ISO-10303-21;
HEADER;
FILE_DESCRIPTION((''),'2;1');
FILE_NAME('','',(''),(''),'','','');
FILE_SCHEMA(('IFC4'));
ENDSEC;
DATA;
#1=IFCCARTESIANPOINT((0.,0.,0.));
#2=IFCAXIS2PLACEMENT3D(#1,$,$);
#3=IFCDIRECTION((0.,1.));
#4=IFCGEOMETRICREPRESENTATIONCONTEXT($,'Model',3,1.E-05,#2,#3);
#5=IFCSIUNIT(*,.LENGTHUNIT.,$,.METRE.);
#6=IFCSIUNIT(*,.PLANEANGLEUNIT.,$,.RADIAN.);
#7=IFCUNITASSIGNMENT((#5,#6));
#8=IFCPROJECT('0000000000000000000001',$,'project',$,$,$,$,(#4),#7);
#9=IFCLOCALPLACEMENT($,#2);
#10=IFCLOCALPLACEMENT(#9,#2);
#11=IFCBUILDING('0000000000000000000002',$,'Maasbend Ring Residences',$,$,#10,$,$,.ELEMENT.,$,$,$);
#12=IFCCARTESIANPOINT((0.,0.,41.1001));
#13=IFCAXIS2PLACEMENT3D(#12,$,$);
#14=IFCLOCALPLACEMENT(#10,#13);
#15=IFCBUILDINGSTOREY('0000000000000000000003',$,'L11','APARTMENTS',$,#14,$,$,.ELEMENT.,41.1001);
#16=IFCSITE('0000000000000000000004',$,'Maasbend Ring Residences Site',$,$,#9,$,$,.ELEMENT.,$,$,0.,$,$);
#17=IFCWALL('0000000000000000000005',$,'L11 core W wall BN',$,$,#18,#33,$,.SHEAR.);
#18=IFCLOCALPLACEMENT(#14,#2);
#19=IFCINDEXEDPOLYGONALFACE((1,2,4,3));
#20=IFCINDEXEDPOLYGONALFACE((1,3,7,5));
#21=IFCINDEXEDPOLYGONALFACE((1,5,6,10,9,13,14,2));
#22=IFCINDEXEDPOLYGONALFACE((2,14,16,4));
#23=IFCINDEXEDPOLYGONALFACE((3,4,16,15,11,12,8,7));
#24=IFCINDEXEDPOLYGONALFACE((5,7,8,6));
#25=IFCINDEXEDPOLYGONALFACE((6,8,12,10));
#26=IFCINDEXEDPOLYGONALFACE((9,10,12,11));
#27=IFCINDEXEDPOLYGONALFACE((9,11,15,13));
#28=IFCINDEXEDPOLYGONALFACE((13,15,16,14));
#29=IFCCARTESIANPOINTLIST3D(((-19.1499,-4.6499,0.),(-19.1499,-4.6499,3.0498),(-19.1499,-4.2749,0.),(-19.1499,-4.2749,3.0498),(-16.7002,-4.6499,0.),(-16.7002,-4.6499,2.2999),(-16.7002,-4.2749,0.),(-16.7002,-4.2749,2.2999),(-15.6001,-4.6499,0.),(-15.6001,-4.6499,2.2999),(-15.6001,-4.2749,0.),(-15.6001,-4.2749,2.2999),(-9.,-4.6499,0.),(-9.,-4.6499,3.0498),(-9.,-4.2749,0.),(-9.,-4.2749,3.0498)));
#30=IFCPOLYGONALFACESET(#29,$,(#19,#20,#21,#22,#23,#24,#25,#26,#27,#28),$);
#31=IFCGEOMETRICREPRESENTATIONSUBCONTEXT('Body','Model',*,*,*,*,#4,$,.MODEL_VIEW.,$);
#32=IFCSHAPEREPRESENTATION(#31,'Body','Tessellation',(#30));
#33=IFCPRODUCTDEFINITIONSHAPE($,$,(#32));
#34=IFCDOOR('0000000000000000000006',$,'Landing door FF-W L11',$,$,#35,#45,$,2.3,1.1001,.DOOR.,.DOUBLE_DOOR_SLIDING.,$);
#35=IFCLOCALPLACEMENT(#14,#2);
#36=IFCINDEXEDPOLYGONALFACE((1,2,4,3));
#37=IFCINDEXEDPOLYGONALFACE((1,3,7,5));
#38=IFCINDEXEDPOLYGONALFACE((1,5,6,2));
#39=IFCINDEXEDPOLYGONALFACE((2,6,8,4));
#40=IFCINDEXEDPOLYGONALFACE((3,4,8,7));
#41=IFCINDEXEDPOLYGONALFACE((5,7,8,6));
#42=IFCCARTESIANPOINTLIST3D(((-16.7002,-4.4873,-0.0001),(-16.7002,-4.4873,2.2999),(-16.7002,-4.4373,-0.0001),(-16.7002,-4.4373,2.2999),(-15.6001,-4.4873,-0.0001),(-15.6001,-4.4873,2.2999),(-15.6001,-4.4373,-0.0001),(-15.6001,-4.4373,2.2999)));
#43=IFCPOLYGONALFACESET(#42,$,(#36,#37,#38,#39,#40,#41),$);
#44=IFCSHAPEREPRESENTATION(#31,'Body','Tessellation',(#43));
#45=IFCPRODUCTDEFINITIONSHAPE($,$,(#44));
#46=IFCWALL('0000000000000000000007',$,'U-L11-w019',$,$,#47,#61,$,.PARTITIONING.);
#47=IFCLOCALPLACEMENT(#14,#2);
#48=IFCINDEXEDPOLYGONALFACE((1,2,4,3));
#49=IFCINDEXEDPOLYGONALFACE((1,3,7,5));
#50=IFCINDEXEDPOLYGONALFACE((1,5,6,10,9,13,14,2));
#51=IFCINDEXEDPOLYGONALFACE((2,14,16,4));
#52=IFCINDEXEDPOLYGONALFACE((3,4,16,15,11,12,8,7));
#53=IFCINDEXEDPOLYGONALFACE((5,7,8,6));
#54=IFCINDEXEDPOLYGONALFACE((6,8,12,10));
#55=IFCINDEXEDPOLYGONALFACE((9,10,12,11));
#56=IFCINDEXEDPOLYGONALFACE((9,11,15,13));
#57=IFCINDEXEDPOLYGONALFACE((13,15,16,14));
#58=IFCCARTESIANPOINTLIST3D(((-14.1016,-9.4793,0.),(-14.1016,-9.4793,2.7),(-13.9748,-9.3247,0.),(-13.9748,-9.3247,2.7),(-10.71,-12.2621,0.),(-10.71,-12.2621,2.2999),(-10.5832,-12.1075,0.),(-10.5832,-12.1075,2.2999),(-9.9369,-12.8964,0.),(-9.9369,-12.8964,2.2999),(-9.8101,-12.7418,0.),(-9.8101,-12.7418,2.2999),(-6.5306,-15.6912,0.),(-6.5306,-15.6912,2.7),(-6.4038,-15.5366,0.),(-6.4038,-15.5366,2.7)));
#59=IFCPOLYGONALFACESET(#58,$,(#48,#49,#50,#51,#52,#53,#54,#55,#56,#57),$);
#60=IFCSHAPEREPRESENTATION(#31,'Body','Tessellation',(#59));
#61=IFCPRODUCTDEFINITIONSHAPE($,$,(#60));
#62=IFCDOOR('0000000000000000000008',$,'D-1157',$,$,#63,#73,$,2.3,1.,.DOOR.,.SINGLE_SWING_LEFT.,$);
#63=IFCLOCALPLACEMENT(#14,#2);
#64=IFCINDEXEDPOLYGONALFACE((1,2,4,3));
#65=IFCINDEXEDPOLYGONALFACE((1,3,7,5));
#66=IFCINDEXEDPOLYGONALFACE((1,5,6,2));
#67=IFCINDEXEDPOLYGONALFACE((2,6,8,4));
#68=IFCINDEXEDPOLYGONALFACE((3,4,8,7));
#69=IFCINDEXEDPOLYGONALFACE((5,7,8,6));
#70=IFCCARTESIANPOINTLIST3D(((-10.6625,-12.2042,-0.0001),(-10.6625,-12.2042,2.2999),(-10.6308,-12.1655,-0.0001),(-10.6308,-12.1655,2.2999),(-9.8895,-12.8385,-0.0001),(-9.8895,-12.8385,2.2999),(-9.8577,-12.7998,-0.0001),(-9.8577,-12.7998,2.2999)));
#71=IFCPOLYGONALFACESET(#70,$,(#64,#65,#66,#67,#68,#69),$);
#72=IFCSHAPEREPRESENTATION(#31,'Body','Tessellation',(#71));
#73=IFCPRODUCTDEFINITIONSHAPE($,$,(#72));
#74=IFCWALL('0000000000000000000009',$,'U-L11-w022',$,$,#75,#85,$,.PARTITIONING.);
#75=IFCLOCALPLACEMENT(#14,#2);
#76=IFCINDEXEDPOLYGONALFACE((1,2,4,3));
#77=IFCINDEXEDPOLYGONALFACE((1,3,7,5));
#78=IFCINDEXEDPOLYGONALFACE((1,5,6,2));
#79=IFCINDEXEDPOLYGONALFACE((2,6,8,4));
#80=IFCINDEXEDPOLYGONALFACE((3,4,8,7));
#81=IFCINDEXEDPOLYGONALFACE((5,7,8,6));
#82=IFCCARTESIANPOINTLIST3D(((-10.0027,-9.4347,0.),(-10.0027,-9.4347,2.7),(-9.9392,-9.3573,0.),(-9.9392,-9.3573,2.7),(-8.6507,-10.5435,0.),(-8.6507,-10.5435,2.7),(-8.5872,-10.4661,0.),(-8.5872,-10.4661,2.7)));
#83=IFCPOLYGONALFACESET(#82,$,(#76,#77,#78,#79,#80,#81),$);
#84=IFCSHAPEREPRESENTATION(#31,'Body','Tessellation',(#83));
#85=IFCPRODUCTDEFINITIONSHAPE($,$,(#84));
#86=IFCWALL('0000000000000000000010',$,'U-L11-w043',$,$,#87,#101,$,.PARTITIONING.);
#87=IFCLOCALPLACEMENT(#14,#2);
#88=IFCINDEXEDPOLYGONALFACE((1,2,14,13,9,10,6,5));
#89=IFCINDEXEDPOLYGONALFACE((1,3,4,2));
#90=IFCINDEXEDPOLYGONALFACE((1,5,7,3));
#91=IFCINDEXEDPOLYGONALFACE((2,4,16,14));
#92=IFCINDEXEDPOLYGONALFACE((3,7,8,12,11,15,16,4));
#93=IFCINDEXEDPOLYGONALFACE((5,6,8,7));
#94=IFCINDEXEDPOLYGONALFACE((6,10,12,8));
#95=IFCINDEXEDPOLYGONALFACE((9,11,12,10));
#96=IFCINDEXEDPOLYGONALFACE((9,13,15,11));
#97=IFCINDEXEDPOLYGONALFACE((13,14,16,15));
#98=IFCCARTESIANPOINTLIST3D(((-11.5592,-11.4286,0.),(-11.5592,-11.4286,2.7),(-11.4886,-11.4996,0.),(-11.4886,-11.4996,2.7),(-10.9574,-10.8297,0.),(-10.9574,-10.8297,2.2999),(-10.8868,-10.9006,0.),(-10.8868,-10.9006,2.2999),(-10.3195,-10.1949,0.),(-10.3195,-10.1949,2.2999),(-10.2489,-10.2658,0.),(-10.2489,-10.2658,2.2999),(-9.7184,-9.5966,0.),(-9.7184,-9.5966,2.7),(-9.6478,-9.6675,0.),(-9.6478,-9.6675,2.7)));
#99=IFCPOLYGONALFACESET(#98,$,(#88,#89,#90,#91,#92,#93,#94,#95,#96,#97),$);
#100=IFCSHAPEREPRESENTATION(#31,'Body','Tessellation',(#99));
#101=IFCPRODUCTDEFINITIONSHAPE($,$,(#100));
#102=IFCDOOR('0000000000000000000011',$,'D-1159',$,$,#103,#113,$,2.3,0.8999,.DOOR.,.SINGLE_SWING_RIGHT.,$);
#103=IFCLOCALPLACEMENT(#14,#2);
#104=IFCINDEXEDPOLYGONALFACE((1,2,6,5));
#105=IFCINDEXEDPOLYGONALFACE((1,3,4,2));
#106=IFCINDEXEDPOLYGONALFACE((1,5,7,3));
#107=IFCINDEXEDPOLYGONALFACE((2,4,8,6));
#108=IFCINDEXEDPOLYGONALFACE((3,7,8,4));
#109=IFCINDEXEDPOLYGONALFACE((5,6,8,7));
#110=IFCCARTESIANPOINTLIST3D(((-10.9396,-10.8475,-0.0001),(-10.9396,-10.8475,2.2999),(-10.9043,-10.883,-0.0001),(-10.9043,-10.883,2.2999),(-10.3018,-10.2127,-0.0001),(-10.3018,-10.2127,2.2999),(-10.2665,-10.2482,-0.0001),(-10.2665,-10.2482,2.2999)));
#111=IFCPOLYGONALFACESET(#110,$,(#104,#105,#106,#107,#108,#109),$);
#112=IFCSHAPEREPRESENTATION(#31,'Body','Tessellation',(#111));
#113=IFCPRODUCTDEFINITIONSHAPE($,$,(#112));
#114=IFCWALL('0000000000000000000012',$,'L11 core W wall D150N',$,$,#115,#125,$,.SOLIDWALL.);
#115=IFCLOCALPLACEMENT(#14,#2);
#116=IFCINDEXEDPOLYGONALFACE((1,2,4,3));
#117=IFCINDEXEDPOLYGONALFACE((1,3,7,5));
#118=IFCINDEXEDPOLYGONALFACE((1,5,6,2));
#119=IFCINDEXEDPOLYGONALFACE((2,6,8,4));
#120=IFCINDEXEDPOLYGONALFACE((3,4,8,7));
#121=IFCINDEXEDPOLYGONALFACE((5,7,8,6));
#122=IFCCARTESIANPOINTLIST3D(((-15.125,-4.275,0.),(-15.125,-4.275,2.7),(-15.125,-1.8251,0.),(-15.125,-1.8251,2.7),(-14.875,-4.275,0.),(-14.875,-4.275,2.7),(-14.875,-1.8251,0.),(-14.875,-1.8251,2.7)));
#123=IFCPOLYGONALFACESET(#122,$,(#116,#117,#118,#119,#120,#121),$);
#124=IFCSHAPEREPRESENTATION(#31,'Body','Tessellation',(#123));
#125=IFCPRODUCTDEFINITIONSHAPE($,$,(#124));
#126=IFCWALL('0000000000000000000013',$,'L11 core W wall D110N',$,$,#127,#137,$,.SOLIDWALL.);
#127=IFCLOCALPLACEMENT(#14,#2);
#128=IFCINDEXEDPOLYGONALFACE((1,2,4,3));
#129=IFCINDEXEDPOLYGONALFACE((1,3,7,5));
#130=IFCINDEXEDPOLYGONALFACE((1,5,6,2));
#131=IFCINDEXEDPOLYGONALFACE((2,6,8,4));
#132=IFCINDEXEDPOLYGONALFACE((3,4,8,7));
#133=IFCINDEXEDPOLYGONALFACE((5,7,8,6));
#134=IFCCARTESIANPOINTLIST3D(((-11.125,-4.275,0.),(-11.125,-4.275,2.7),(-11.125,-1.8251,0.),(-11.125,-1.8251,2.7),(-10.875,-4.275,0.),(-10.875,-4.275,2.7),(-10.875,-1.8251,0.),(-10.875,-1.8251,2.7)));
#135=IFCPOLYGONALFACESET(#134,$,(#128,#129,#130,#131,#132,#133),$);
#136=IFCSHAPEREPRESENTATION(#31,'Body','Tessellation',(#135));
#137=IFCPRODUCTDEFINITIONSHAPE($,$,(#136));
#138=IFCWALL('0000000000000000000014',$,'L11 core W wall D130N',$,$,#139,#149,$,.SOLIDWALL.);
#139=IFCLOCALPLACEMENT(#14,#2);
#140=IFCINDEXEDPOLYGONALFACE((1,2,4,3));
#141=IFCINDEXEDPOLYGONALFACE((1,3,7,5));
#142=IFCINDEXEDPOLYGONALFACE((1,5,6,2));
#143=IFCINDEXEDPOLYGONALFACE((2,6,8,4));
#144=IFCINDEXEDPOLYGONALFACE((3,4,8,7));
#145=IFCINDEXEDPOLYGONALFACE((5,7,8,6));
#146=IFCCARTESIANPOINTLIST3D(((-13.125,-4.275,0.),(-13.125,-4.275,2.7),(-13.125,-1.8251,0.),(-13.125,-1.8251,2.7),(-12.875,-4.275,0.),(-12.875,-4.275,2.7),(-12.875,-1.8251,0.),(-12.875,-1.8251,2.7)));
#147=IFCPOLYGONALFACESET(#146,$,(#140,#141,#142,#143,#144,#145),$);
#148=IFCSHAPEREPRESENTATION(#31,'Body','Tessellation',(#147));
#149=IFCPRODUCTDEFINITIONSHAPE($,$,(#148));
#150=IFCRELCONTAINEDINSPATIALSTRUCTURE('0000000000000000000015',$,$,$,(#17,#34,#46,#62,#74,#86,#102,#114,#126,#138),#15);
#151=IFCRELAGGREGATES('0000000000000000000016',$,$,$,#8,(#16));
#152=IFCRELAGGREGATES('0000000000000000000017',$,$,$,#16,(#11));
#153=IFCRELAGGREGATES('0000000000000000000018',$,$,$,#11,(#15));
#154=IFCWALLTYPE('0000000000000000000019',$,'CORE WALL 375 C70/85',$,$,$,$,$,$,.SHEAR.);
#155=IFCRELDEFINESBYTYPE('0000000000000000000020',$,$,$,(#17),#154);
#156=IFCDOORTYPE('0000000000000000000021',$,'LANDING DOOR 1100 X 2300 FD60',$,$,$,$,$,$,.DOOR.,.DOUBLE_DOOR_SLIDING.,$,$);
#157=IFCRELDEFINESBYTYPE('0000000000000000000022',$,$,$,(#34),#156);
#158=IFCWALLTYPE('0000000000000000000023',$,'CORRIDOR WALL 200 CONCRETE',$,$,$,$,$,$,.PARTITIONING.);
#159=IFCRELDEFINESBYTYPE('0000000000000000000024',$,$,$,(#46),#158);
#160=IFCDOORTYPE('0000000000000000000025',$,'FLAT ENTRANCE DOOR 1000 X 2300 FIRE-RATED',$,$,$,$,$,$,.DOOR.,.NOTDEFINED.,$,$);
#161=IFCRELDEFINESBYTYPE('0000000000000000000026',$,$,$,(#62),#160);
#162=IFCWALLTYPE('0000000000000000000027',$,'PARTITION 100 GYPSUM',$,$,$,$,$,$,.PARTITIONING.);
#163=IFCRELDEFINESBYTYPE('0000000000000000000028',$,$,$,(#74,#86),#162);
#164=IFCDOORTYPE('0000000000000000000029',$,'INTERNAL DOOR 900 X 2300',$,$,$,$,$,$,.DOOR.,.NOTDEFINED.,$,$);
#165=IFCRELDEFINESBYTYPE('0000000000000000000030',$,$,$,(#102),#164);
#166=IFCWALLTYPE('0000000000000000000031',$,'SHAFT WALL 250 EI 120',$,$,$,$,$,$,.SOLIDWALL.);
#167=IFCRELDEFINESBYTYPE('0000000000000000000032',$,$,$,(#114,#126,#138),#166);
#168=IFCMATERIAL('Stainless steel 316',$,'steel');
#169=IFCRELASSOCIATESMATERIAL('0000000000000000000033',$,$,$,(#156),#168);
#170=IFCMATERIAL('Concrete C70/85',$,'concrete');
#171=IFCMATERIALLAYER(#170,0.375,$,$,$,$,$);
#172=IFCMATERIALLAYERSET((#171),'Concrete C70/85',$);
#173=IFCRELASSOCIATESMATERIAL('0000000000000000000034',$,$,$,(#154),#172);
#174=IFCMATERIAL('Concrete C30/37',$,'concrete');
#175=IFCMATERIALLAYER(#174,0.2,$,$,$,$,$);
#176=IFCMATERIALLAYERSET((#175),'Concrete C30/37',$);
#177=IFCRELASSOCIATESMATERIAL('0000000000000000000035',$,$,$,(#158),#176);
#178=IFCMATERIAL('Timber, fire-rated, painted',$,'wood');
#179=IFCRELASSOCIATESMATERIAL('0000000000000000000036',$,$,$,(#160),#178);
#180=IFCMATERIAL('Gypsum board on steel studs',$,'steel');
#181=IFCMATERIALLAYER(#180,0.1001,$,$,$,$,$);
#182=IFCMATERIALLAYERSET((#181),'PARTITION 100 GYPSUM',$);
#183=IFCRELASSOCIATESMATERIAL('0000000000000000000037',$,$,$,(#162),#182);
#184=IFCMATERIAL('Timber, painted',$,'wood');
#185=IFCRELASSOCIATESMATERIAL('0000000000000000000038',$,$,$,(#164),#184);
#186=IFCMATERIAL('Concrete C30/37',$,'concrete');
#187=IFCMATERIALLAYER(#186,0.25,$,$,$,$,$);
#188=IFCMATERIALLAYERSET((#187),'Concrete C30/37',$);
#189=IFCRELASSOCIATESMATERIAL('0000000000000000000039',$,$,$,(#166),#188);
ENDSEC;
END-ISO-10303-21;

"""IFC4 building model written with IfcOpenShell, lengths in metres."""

from ifc_helpers import new_model, si_unit, direction, frame, frame_2d, origin, place, context, subcontext, project, spatial, rectangle, extrude, material, layer, layer_set, type_object, element, fill, save


model = new_model("IFC4")

# Units and contexts
model_context = context("Model", 3, precision=1e-05, world=origin(), true_north=direction((0.0, 1.0)))
body_context = subcontext(model_context, "Body", "Model", "MODEL_VIEW")
ifc_project = project(units=[si_unit("LENGTHUNIT", "METRE"), si_unit("PLANEANGLEUNIT", "RADIAN")], contexts=[model_context])

# Site, building, storey
site_placement = place(None, origin())
site = spatial("IfcSite", under=ifc_project, at=site_placement, Name="Maasbend Ring Residences Site", CompositionType="ELEMENT", RefElevation=0.0)
building_placement = place(site_placement, origin())
building = spatial("IfcBuilding", under=site, at=building_placement, Name="Maasbend Ring Residences", CompositionType="ELEMENT")
storey_placement = place(building_placement, frame((0.0, 0.0, 41.1001)))
storey = spatial("IfcBuildingStorey", under=building, at=storey_placement, Name="L11", Description="APARTMENTS", CompositionType="ELEMENT", Elevation=41.1001)

# Shared definitions
ifc_material_1 = material(Name="Stainless steel 316", Category="steel")
door_type_1 = type_object("IfcDoorType", Name="LANDING DOOR 1100 X 2300 FD60", OperationType="DOUBLE_DOOR_SLIDING", PredefinedType="DOOR", material=ifc_material_1)

# Walls, openings, doors
ifc_material_2 = material(Name="Concrete C70/85", Category="concrete")
ifc_layer_1 = layer(ifc_material_2, 0.375)
ifc_layer_set_1 = layer_set([ifc_layer_1], Name="Concrete C70/85")
wall_type_1 = type_object("IfcWallType", Name="CORE WALL 375 C70/85", PredefinedType="SHEAR", material=ifc_layer_set_1)
wall_1_placement = place(storey_placement, frame((-9.0, -4.4624, 0.0), z_axis=(0.0, 0.0, 1.0), x_axis=(-1.0, 0.0, 0.0)))
wall_1 = element("IfcWall", 1, at=wall_1_placement, inside=storey, type_object=wall_type_1, Name="L11 core W wall BN", PredefinedType="SHEAR", context=body_context, shape_type="SweptSolid", body=[
    extrude(rectangle(XDim=10.1499, YDim=0.375, at=frame_2d((5.075, 0.0))), origin(), (0.0, 0.0, 1.0), 3.0498),
])
opening_1_placement = place(wall_1_placement, frame((6.6001, 0.0, 0.0)))
opening_1 = element("IfcOpeningElement", 2, at=opening_1_placement, cuts=wall_1, PredefinedType="OPENING", context=body_context, shape_type="SweptSolid", body=[
    extrude(rectangle(XDim=1.1001, YDim=2.3, at=frame_2d((0.55, 1.1499))), frame((0.0, 0.1975, 0.0), z_axis=(0.0, -1.0, 0.0), x_axis=(1.0, 0.0, 0.0)), (0.0, 0.0, 1.0), 0.395),
])
door_1_placement = place(opening_1_placement, origin())
door_1 = element("IfcDoor", 3, at=door_1_placement, inside=storey, type_object=door_type_1, Name="Landing door FF-W L11", OperationType="DOUBLE_DOOR_SLIDING", OverallHeight=2.3, OverallWidth=1.1001, PredefinedType="DOOR", context=body_context, shape_type="SweptSolid", body=[
    extrude(rectangle(XDim=1.1001, YDim=2.3, at=frame_2d((0.55, 1.1499))), frame((0.0, 0.0249, 0.0), z_axis=(0.0, -1.0, 0.0), x_axis=(1.0, 0.0, 0.0)), (0.0, 0.0, 1.0), 0.05),
])
fill(opening_1, door_1)
ifc_material_3 = material(Name="Concrete C30/37", Category="concrete")
ifc_layer_2 = layer(ifc_material_3, 0.2)
ifc_layer_set_2 = layer_set([ifc_layer_2], Name="Concrete C30/37")
wall_type_2 = type_object("IfcWallType", Name="CORRIDOR WALL 200 CONCRETE", PredefinedType="PARTITIONING", material=ifc_layer_set_2)
wall_2_placement = place(storey_placement, frame((-14.0381, -9.4021, 0.0), z_axis=(0.0, 0.0, 1.0), x_axis=(0.773085, -0.634303, 0.0)))
wall_2 = element("IfcWall", 4, at=wall_2_placement, inside=storey, type_object=wall_type_2, Name="U-L11-w019", PredefinedType="PARTITIONING", context=body_context, shape_type="SweptSolid", body=[
    extrude(rectangle(XDim=9.7932, YDim=0.2, at=frame_2d((4.8965, 0.0))), origin(), (0.0, 0.0, 1.0), 2.7),
])
opening_2_placement = place(wall_2_placement, frame((4.387, 0.0, 0.0)))
opening_2 = element("IfcOpeningElement", 5, at=opening_2_placement, cuts=wall_2, PredefinedType="OPENING", context=body_context, shape_type="SweptSolid", body=[
    extrude(rectangle(XDim=1.0, YDim=2.3, at=frame_2d((0.5, 1.1499))), frame((0.0, 0.1099, 0.0), z_axis=(0.0, -1.0, 0.0), x_axis=(1.0, 0.0, 0.0)), (0.0, 0.0, 1.0), 0.22),
])
ifc_material_4 = material(Name="Timber, fire-rated, painted", Category="wood")
door_type_2 = type_object("IfcDoorType", Name="FLAT ENTRANCE DOOR 1000 X 2300 FIRE-RATED", OperationType="NOTDEFINED", PredefinedType="DOOR", material=ifc_material_4)
door_2_placement = place(opening_2_placement, origin())
door_2 = element("IfcDoor", 6, at=door_2_placement, inside=storey, type_object=door_type_2, Name="D-1157", OperationType="SINGLE_SWING_LEFT", OverallHeight=2.3, OverallWidth=1.0, PredefinedType="DOOR", context=body_context, shape_type="SweptSolid", body=[
    extrude(rectangle(XDim=1.0, YDim=2.3, at=frame_2d((0.5, 1.1499))), frame((0.0, 0.0249, 0.0), z_axis=(0.0, -1.0, 0.0), x_axis=(1.0, 0.0, 0.0)), (0.0, 0.0, 1.0), 0.05),
])
fill(opening_2, door_2)

# Wall
ifc_material_5 = material(Name="Gypsum board on steel studs", Category="steel")
ifc_layer_3 = layer(ifc_material_5, 0.1001)
ifc_layer_set_3 = layer_set([ifc_layer_3], Name="PARTITION 100 GYPSUM")
wall_type_3 = type_object("IfcWallType", Name="PARTITION 100 GYPSUM", PredefinedType="PARTITIONING", material=ifc_layer_set_3)
wall_3_placement = place(storey_placement, frame((-9.9709, -9.396, 0.0), z_axis=(0.0, 0.0, 1.0), x_axis=(0.77321, -0.63415, 0.0)))
element("IfcWall", 7, at=wall_3_placement, inside=storey, type_object=wall_type_3, Name="U-L11-w022", PredefinedType="PARTITIONING", context=body_context, shape_type="SweptSolid", body=[
    extrude(rectangle(XDim=1.7485, YDim=0.1001, at=frame_2d((0.8743, 0.0))), origin(), (0.0, 0.0, 1.0), 2.7),
])

# Wall, opening, door
wall_4_placement = place(storey_placement, frame((-11.5239, -11.4641, 0.0), z_axis=(0.0, 0.0, 1.0), x_axis=(0.708797, 0.705413, 0.0)))
wall_4 = element("IfcWall", 8, at=wall_4_placement, inside=storey, type_object=wall_type_3, Name="U-L11-w043", PredefinedType="PARTITIONING", context=body_context, shape_type="SweptSolid", body=[
    extrude(rectangle(XDim=2.5972, YDim=0.1001, at=frame_2d((1.2986, 0.0))), origin(), (0.0, 0.0, 1.0), 2.7),
])
opening_3_placement = place(wall_4_placement, frame((0.8491, 0.0, 0.0)))
opening_3 = element("IfcOpeningElement", 9, at=opening_3_placement, cuts=wall_4, PredefinedType="OPENING", context=body_context, shape_type="SweptSolid", body=[
    extrude(rectangle(XDim=0.8999, YDim=2.3, at=frame_2d((0.45, 1.1499))), frame((0.0, 0.0601, 0.0), z_axis=(0.0, -1.0, 0.0), x_axis=(1.0, 0.0, 0.0)), (0.0, 0.0, 1.0), 0.1201),
])
ifc_material_6 = material(Name="Timber, painted", Category="wood")
door_type_3 = type_object("IfcDoorType", Name="INTERNAL DOOR 900 X 2300", OperationType="NOTDEFINED", PredefinedType="DOOR", material=ifc_material_6)
door_3_placement = place(opening_3_placement, origin())
door_3 = element("IfcDoor", 10, at=door_3_placement, inside=storey, type_object=door_type_3, Name="D-1159", OperationType="SINGLE_SWING_RIGHT", OverallHeight=2.3, OverallWidth=0.8999, PredefinedType="DOOR", context=body_context, shape_type="SweptSolid", body=[
    extrude(rectangle(XDim=0.8999, YDim=2.3, at=frame_2d((0.45, 1.1499))), frame((0.0, 0.0249, 0.0), z_axis=(0.0, -1.0, 0.0), x_axis=(1.0, 0.0, 0.0)), (0.0, 0.0, 1.0), 0.05),
])
fill(opening_3, door_3)

# Walls
ifc_material_7 = material(Name="Concrete C30/37", Category="concrete")
ifc_layer_4 = layer(ifc_material_7, 0.25)
ifc_layer_set_4 = layer_set([ifc_layer_4], Name="Concrete C30/37")
wall_type_4 = type_object("IfcWallType", Name="SHAFT WALL 250 EI 120", PredefinedType="SOLIDWALL", material=ifc_layer_set_4)
for number, where, z_axis, x_axis, name in (
    (11, (-15.0, -1.825, 0.0), (0.0, 0.0, 1.0), (0.0, -1.0, 0.0), "L11 core W wall D150N"),
    (12, (-11.0, -1.825, 0.0), (0.0, 0.0, 1.0), (0.0, -1.0, 0.0), "L11 core W wall D110N"),
    (13, (-13.0, -1.825, 0.0), (0.0, 0.0, 1.0), (0.0, -1.0, 0.0), "L11 core W wall D130N"),
):
    element("IfcWall", number, at=place(storey_placement, frame(where, z_axis=z_axis, x_axis=x_axis)), inside=storey, type_object=wall_type_4, Name=name, PredefinedType="SOLIDWALL", context=body_context, shape_type="SweptSolid", body=[
        extrude(rectangle(XDim=2.45, YDim=0.25, at=frame_2d((1.2251, 0.0))), origin(), (0.0, 0.0, 1.0), 2.7),
    ])

save(model, "model.ifc")
